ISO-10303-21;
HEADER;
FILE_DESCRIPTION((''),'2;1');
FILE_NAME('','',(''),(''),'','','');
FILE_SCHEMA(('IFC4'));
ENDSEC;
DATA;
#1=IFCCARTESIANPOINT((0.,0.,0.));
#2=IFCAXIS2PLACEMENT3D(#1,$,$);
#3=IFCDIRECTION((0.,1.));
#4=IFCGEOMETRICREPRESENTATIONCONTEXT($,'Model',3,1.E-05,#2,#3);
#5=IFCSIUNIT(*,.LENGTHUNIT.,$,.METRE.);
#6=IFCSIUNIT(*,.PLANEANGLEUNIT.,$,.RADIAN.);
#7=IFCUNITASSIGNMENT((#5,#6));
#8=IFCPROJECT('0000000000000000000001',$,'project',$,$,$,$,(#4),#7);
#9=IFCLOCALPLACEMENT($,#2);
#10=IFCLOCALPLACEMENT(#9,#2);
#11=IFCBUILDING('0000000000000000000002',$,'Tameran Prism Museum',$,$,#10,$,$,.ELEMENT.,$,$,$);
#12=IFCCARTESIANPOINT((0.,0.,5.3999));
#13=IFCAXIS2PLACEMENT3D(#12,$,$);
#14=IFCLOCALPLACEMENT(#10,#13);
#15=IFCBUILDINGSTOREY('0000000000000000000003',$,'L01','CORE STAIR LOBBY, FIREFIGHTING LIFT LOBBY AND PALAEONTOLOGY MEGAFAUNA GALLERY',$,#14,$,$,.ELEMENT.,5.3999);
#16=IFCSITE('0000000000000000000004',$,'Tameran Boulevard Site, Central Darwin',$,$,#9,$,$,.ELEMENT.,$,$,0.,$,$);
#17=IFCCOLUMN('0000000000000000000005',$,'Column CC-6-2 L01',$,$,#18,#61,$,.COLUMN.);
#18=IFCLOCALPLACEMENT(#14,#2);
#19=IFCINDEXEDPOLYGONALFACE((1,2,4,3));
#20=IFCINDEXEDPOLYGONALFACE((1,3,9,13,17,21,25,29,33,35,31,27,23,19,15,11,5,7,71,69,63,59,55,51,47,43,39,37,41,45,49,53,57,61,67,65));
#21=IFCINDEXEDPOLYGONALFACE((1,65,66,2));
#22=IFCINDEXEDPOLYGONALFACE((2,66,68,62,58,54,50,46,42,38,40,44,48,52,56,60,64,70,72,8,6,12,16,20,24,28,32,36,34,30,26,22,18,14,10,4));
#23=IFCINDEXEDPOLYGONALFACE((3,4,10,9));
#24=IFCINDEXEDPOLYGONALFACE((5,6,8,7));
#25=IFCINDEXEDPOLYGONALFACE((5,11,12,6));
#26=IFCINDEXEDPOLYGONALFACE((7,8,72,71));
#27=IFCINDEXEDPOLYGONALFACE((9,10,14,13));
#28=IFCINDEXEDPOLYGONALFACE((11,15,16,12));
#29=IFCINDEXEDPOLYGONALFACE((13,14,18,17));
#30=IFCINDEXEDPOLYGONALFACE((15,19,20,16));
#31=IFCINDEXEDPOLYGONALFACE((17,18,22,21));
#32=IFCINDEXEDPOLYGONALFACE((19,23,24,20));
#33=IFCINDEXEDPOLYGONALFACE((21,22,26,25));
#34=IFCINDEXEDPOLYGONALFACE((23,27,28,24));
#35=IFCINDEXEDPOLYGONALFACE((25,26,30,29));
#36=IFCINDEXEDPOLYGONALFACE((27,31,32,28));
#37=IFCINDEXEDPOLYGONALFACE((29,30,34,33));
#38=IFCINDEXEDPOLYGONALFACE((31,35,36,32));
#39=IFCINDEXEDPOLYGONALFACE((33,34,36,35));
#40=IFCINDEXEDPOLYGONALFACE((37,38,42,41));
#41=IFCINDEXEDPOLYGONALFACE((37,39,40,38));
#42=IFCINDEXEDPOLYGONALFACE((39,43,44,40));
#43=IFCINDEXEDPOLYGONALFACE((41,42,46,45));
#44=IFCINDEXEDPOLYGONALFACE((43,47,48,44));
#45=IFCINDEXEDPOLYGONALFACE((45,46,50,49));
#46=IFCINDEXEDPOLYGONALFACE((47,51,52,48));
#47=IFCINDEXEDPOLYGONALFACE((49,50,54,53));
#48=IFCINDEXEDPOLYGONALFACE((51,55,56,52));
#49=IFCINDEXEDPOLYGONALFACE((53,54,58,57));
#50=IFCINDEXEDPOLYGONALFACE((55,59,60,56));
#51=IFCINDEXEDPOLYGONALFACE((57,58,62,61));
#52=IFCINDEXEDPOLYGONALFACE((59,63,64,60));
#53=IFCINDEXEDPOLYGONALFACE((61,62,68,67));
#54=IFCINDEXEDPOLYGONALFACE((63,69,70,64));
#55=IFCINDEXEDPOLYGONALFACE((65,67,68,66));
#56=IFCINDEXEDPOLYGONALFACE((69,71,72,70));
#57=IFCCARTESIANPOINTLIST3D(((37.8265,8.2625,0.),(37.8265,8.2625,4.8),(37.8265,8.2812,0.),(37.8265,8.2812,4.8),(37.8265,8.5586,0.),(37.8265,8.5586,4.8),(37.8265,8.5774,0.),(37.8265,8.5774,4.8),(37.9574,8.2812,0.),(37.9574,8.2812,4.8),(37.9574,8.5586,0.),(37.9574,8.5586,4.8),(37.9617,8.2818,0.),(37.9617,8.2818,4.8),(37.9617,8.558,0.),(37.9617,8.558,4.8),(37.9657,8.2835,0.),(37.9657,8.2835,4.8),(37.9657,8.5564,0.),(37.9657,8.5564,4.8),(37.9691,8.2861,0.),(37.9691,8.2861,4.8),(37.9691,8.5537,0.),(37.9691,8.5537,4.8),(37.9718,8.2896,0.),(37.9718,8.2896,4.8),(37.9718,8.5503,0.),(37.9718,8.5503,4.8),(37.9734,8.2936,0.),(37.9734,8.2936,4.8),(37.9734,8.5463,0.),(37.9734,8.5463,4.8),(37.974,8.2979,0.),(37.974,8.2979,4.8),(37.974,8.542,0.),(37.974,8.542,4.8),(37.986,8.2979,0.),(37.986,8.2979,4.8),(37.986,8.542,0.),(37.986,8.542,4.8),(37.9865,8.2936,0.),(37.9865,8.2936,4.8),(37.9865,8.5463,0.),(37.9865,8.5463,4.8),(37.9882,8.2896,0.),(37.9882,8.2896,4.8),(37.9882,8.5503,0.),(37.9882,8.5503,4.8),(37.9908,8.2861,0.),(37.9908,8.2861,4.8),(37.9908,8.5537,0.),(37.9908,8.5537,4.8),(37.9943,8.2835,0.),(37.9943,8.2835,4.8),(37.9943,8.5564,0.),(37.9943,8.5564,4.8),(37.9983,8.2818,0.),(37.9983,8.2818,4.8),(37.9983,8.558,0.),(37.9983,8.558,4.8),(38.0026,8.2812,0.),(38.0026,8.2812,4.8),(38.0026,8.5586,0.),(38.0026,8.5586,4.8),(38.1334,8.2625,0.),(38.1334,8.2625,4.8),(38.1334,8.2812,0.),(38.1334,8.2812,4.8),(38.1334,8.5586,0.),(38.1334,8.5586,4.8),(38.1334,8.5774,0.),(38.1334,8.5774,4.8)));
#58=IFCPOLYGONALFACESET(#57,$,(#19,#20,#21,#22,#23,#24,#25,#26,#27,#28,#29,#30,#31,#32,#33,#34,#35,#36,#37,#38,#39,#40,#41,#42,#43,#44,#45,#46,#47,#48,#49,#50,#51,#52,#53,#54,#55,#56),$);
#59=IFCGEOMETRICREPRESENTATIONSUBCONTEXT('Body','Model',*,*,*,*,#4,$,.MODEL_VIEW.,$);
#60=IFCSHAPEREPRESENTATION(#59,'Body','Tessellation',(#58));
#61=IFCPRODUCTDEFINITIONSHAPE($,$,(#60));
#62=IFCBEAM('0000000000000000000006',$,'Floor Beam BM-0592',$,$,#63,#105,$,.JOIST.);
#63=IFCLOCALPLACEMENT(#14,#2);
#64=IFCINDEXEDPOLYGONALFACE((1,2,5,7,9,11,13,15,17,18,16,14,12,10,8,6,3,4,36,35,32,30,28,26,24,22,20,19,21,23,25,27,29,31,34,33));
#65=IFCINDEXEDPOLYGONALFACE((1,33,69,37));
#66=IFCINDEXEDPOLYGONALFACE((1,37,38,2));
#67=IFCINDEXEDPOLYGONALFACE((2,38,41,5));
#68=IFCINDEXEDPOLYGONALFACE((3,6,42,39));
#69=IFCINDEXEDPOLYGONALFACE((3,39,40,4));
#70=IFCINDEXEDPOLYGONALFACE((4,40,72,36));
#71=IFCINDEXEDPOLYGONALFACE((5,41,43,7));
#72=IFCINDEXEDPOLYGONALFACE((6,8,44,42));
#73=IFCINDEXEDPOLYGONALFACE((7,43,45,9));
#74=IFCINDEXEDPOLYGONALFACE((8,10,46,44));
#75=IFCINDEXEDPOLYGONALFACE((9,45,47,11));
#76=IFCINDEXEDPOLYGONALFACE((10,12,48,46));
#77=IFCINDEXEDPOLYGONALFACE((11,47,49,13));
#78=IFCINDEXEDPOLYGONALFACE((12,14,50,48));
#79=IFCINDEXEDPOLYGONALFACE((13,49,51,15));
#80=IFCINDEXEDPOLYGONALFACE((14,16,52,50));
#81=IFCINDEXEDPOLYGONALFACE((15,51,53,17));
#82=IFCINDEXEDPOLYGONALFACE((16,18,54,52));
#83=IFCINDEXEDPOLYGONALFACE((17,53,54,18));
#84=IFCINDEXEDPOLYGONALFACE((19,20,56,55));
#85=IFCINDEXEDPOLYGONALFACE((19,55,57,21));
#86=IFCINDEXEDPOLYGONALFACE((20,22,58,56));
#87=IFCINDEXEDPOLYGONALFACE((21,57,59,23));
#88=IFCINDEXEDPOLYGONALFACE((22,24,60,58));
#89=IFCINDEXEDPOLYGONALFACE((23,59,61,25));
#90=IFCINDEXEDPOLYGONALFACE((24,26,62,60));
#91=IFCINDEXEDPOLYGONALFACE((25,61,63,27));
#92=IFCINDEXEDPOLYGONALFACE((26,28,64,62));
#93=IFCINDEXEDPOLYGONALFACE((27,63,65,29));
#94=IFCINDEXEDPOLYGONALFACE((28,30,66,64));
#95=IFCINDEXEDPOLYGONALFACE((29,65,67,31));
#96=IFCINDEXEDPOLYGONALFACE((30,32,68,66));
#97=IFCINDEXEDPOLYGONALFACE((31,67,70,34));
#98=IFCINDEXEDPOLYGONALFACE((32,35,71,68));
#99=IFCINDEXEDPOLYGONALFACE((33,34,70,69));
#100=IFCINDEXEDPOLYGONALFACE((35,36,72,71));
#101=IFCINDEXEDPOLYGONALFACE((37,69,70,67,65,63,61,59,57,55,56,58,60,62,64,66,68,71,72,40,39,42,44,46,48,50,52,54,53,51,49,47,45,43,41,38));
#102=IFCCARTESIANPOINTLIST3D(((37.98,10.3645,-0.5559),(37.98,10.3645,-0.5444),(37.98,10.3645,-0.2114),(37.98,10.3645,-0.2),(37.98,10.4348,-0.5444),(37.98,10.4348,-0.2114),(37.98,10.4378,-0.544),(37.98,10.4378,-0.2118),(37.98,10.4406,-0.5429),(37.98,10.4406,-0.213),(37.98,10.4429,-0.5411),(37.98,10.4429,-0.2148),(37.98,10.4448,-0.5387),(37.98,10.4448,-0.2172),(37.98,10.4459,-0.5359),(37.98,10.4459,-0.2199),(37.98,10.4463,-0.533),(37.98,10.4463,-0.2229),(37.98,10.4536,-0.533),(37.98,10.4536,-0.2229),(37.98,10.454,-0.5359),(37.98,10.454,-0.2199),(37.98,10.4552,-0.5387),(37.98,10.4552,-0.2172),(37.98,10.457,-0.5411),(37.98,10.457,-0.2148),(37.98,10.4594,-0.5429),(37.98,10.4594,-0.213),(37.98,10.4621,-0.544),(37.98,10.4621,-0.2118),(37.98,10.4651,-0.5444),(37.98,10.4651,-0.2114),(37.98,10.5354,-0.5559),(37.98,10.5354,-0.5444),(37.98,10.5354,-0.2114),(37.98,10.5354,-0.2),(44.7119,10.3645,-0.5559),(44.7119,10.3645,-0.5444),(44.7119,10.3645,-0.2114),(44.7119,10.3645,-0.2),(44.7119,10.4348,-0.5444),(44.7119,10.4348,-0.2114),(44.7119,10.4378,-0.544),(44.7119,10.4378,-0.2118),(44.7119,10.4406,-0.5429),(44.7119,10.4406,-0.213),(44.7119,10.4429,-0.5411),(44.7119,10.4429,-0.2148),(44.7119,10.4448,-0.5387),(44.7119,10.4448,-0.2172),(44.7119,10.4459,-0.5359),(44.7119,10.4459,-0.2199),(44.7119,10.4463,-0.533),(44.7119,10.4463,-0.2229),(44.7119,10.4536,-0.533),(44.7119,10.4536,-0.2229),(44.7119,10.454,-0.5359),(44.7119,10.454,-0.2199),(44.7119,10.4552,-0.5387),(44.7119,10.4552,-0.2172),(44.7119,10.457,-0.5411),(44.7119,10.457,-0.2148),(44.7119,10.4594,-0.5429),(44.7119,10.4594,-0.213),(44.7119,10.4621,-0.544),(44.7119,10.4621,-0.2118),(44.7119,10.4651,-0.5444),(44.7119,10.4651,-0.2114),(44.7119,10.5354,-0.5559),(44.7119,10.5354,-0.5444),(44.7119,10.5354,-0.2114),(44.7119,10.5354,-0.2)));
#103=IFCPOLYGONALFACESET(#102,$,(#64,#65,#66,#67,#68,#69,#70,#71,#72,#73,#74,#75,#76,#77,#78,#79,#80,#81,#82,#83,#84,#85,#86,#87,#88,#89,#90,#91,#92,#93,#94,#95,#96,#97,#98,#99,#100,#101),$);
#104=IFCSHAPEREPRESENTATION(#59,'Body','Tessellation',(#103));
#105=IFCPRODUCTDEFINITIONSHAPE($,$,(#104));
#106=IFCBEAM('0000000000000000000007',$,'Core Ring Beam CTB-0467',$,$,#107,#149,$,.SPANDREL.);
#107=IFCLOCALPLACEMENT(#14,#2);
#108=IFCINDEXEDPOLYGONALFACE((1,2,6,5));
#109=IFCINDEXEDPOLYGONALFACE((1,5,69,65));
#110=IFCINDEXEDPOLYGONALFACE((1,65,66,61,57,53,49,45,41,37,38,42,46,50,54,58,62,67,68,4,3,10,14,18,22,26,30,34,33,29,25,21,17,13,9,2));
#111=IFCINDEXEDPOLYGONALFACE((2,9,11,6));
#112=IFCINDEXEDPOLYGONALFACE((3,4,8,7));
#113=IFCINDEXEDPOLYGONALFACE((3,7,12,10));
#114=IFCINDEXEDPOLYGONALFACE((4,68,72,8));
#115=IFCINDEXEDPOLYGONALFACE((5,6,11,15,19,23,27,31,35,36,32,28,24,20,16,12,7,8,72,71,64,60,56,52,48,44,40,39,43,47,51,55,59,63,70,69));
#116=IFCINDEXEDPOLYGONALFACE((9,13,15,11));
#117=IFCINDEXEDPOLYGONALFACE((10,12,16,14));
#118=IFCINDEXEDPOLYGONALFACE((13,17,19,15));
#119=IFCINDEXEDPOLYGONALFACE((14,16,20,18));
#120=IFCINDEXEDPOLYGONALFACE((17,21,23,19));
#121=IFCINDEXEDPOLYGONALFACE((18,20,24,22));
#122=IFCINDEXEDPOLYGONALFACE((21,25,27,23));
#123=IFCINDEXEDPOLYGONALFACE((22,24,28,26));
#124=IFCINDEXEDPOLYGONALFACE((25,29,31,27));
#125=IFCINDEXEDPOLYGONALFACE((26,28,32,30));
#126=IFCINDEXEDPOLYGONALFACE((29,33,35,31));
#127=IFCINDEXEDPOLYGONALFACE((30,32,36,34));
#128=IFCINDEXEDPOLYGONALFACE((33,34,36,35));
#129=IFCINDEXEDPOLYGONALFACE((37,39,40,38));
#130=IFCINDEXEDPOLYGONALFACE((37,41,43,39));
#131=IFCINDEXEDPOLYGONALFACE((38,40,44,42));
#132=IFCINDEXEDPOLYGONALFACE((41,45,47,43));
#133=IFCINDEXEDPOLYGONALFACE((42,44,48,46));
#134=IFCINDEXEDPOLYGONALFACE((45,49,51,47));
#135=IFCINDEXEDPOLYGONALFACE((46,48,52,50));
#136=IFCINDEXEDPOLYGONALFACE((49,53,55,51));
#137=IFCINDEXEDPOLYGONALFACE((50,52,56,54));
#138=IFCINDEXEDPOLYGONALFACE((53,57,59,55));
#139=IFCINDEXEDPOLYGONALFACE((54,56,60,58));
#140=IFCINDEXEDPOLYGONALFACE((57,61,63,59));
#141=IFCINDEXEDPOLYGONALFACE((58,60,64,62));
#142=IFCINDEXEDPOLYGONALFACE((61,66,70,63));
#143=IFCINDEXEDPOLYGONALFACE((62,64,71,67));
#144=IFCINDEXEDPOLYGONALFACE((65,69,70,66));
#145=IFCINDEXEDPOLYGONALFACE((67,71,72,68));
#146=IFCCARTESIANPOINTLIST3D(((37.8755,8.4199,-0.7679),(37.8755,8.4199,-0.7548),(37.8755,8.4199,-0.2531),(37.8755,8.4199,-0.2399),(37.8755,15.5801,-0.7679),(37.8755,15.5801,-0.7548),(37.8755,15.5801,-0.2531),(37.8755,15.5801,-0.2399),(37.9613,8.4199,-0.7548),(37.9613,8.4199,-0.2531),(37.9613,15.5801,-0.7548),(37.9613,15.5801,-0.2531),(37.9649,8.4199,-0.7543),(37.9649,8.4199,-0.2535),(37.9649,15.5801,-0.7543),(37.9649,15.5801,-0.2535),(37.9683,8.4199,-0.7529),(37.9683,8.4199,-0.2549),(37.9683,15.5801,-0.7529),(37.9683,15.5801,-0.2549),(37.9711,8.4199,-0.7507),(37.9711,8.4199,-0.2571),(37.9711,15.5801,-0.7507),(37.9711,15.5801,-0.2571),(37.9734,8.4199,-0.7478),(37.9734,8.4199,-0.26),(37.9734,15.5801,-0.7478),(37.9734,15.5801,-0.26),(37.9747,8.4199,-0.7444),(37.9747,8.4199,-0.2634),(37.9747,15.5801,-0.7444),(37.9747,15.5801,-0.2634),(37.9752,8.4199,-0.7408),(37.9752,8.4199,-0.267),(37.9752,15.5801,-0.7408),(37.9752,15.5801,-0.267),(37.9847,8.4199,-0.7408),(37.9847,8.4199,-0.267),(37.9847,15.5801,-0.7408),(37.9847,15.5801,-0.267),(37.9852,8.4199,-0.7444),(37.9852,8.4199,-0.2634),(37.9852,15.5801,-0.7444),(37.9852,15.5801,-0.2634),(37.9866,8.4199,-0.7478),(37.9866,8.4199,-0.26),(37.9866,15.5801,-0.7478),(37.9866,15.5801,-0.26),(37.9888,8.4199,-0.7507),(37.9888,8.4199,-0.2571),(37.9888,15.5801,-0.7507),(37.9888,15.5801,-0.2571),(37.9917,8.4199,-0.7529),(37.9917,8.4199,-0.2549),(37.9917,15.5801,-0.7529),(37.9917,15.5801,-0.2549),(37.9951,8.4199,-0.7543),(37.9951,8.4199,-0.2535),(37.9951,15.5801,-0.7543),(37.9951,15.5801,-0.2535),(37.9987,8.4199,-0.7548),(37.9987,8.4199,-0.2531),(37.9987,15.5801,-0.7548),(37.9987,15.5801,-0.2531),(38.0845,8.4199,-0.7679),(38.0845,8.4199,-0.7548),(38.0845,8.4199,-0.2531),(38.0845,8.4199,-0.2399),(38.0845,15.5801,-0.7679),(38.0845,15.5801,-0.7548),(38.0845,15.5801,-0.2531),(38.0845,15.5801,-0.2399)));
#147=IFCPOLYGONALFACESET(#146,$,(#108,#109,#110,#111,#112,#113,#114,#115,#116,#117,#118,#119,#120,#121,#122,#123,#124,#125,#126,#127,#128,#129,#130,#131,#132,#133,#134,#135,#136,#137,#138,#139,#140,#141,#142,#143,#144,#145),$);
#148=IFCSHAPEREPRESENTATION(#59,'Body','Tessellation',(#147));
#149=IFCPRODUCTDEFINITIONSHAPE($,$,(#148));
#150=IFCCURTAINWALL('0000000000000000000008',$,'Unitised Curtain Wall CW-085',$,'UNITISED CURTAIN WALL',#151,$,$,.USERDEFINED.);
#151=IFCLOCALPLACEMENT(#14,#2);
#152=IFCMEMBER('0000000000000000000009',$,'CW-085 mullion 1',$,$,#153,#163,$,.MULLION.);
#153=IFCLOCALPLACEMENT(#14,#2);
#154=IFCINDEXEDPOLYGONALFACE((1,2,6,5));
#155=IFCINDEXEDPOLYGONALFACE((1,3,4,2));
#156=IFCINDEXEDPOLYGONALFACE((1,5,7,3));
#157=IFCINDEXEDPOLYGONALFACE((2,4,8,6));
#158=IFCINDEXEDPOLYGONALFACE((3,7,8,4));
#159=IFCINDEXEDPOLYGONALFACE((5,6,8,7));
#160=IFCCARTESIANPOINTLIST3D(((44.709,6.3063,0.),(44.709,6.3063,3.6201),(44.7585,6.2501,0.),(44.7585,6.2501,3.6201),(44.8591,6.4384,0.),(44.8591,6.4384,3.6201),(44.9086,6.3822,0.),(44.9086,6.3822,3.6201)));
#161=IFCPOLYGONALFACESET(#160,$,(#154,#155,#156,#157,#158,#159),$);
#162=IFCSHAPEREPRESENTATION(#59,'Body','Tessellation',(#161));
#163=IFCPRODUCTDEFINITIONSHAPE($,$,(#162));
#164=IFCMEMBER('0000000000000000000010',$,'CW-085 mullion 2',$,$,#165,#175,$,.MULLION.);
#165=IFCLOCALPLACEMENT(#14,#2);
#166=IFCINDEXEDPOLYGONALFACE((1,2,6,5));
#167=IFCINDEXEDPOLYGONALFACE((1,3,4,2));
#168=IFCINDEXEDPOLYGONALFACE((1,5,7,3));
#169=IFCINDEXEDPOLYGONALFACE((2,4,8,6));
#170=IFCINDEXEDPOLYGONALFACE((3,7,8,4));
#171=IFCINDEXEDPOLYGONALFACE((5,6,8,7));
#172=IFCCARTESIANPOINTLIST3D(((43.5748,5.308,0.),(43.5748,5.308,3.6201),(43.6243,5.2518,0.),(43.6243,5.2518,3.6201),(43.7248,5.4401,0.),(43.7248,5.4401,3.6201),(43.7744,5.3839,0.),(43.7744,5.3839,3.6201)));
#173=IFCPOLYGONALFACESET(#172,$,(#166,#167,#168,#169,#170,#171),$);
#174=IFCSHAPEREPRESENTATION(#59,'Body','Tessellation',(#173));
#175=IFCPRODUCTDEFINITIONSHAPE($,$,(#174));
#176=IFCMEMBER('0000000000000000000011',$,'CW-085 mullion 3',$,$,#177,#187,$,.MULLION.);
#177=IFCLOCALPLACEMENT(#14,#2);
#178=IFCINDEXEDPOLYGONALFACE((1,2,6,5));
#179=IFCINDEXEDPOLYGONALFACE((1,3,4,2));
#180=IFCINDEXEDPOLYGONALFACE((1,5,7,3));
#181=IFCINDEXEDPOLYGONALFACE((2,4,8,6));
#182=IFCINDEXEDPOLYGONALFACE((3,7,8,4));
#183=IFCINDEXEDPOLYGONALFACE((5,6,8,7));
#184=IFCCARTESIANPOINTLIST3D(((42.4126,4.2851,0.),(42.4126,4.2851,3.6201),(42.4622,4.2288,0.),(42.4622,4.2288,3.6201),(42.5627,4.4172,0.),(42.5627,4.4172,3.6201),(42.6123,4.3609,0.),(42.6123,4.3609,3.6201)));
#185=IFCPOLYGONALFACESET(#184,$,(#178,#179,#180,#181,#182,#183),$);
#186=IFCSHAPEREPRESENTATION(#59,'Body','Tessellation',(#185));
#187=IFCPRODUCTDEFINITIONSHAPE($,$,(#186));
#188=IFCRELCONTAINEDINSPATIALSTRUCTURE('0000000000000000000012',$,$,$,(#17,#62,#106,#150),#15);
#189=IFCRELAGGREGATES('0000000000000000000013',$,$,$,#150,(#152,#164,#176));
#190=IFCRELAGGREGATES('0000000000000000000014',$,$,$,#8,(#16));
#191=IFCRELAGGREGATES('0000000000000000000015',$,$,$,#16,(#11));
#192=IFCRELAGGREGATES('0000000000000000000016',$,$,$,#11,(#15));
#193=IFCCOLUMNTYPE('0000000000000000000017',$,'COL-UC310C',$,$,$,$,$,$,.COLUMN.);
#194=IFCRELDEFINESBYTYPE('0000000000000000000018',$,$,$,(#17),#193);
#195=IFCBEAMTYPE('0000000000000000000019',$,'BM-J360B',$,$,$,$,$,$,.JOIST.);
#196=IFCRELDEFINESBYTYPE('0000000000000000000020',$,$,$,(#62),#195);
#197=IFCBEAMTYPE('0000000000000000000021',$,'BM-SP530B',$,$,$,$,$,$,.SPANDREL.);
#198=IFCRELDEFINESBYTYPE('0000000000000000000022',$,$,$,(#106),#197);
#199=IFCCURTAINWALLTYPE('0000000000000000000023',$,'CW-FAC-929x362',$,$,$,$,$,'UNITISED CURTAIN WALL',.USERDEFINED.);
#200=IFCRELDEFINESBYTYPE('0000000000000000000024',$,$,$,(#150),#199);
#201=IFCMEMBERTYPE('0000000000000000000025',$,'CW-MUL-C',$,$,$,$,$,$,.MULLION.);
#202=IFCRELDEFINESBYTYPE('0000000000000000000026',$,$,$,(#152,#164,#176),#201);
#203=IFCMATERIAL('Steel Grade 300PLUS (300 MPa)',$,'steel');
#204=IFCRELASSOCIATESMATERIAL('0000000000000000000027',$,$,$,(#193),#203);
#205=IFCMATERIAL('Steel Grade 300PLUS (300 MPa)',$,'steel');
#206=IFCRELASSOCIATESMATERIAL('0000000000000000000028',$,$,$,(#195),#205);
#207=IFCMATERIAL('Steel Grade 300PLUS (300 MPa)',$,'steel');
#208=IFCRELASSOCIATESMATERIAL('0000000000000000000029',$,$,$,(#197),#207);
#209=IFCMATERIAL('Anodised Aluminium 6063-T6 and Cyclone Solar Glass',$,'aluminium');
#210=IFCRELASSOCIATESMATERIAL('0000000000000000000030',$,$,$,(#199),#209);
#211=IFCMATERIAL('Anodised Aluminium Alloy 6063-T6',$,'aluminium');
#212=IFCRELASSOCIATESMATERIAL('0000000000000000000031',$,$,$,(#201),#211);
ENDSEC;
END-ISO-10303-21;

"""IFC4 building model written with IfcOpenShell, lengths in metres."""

from ifc_helpers import new_model, si_unit, direction, frame, origin, origin_2d, place, context, subcontext, project, spatial, rectangle, i_section, extrude, material, material_profile, profile_set, type_object, element, aggregate, save


model = new_model("IFC4")

# Units and contexts
model_context = context("Model", 3, precision=1e-05, world=origin(), true_north=direction((0.0, 1.0)))
body_context = subcontext(model_context, "Body", "Model", "MODEL_VIEW")
ifc_project = project(units=[si_unit("LENGTHUNIT", "METRE"), si_unit("PLANEANGLEUNIT", "RADIAN")], contexts=[model_context])

# Site, building, storey
site_placement = place(None, origin())
site = spatial("IfcSite", under=ifc_project, at=site_placement, Name="Tameran Boulevard Site, Central Darwin", CompositionType="ELEMENT", RefElevation=0.0)
building_placement = place(site_placement, origin())
building = spatial("IfcBuilding", under=site, at=building_placement, Name="Tameran Prism Museum", CompositionType="ELEMENT")
storey_placement = place(building_placement, frame((0.0, 0.0, 5.3999)))
storey = spatial("IfcBuildingStorey", under=building, at=storey_placement, Name="L01", Description="CORE STAIR LOBBY, FIREFIGHTING LIFT LOBBY AND PALAEONTOLOGY MEGAFAUNA GALLERY", CompositionType="ELEMENT", Elevation=5.3999)

# Column
ifc_material_1 = material(Name="Steel Grade 300PLUS (300 MPa)", Category="steel")
ifc_material_profile_1 = material_profile(ifc_material_1, i_section(OverallWidth=0.3069, OverallDepth=0.3149, WebThickness=0.012, FlangeThickness=0.0188, FilletRadius=0.0166, at=origin_2d()))
ifc_profile_set_1 = profile_set([ifc_material_profile_1])
column_type = type_object("IfcColumnType", Name="COL-UC310C", PredefinedType="COLUMN", material=ifc_profile_set_1)
column_placement = place(storey_placement, frame((37.98, 8.4199, 0.0), z_axis=(0.0, 0.0, 1.0), x_axis=(1.0, 0.0, 0.0)))
element("IfcColumn", 1, at=column_placement, inside=storey, type_object=column_type, Name="Column CC-6-2 L01", PredefinedType="COLUMN", context=body_context, shape_type="SweptSolid", body=[
    extrude(i_section(OverallWidth=0.3069, OverallDepth=0.3149, WebThickness=0.012, FlangeThickness=0.0188, FilletRadius=0.0166, at=origin_2d()), origin(), (0.0, 0.0, 1.0), 4.8),
])

# Beams
ifc_material_2 = material(Name="Steel Grade 300PLUS (300 MPa)", Category="steel")
ifc_material_profile_2 = material_profile(ifc_material_2, i_section(OverallWidth=0.1709, OverallDepth=0.356, WebThickness=0.0073, FlangeThickness=0.0115, FilletRadius=0.0115, at=origin_2d()))
ifc_profile_set_2 = profile_set([ifc_material_profile_2])
beam_type_1 = type_object("IfcBeamType", Name="BM-J360B", PredefinedType="JOIST", material=ifc_profile_set_2)
beam_1_placement = place(storey_placement, frame((37.98, 10.45, -0.3779), z_axis=(1.0, 0.0, 0.0), x_axis=(0.0, 1.0, 0.0)))
element("IfcBeam", 2, at=beam_1_placement, inside=storey, type_object=beam_type_1, Name="Floor Beam BM-0592", PredefinedType="JOIST", context=body_context, shape_type="SweptSolid", body=[
    extrude(i_section(OverallWidth=0.1709, OverallDepth=0.356, WebThickness=0.0073, FlangeThickness=0.0115, FilletRadius=0.0115, at=origin_2d()), origin(), (0.0, 0.0, 1.0), 6.7319),
])
ifc_material_3 = material(Name="Steel Grade 300PLUS (300 MPa)", Category="steel")
ifc_material_profile_3 = material_profile(ifc_material_3, i_section(OverallWidth=0.209, OverallDepth=0.5281, WebThickness=0.0095, FlangeThickness=0.0132, FilletRadius=0.0139, at=origin_2d()))
ifc_profile_set_3 = profile_set([ifc_material_profile_3])
beam_type_2 = type_object("IfcBeamType", Name="BM-SP530B", PredefinedType="SPANDREL", material=ifc_profile_set_3)
beam_2_placement = place(storey_placement, frame((37.98, 8.4199, -0.5039), z_axis=(0.0, 1.0, 0.0), x_axis=(-1.0, 0.0, 0.0)))
element("IfcBeam", 3, at=beam_2_placement, inside=storey, type_object=beam_type_2, Name="Core Ring Beam CTB-0467", PredefinedType="SPANDREL", context=body_context, shape_type="SweptSolid", body=[
    extrude(i_section(OverallWidth=0.209, OverallDepth=0.5281, WebThickness=0.0095, FlangeThickness=0.0132, FilletRadius=0.0139, at=origin_2d()), origin(), (0.0, 0.0, 1.0), 7.1602),
])

# Curtain wall, members
ifc_material_4 = material(Name="Anodised Aluminium 6063-T6 and Cyclone Solar Glass", Category="aluminium")
curtain_wall_type_1 = type_object("IfcCurtainWallType", Name="CW-FAC-929x362", ElementType="UNITISED CURTAIN WALL", PredefinedType="USERDEFINED", material=ifc_material_4)
curtain_wall_1_placement = place(storey_placement, origin())
curtain_wall_1 = element("IfcCurtainWall", 4, at=curtain_wall_1_placement, inside=storey, type_object=curtain_wall_type_1, Name="Unitised Curtain Wall CW-085", ObjectType="UNITISED CURTAIN WALL", PredefinedType="USERDEFINED")
ifc_material_5 = material(Name="Anodised Aluminium Alloy 6063-T6", Category="aluminium")
ifc_material_profile_4 = material_profile(ifc_material_5, rectangle(XDim=0.075, YDim=0.2, at=origin_2d()))
ifc_profile_set_4 = profile_set([ifc_material_profile_4])
member_type_1 = type_object("IfcMemberType", Name="CW-MUL-C", PredefinedType="MULLION", material=ifc_profile_set_4)
member_1_placement = place(storey_placement, frame((44.8088, 6.3442, 0.0), z_axis=(0.0, 0.0, 1.0), x_axis=(0.660681, -0.750667, 0.0)))
member_1 = element("IfcMember", 5, at=member_1_placement, type_object=member_type_1, Name="CW-085 mullion 1", PredefinedType="MULLION", context=body_context, shape_type="SweptSolid", body=[
    extrude(rectangle(XDim=0.075, YDim=0.2, at=origin_2d()), origin(), (0.0, 0.0, 1.0), 3.6201),
])
member_2_placement = place(storey_placement, frame((43.6746, 5.3459, 0.0), z_axis=(0.0, 0.0, 1.0), x_axis=(0.660681, -0.750667, 0.0)))
member_2 = element("IfcMember", 6, at=member_2_placement, type_object=member_type_1, Name="CW-085 mullion 2", PredefinedType="MULLION", context=body_context, shape_type="SweptSolid", body=[
    extrude(rectangle(XDim=0.075, YDim=0.2, at=origin_2d()), origin(), (0.0, 0.0, 1.0), 3.6201),
])
member_3_placement = place(storey_placement, frame((42.5125, 4.323, 0.0), z_axis=(0.0, 0.0, 1.0), x_axis=(0.660681, -0.750667, 0.0)))
member_3 = element("IfcMember", 7, at=member_3_placement, type_object=member_type_1, Name="CW-085 mullion 3", PredefinedType="MULLION", context=body_context, shape_type="SweptSolid", body=[
    extrude(rectangle(XDim=0.075, YDim=0.2, at=origin_2d()), origin(), (0.0, 0.0, 1.0), 3.6201),
])

aggregate(curtain_wall_1, [member_1, member_2, member_3])

save(model, "model.ifc")
